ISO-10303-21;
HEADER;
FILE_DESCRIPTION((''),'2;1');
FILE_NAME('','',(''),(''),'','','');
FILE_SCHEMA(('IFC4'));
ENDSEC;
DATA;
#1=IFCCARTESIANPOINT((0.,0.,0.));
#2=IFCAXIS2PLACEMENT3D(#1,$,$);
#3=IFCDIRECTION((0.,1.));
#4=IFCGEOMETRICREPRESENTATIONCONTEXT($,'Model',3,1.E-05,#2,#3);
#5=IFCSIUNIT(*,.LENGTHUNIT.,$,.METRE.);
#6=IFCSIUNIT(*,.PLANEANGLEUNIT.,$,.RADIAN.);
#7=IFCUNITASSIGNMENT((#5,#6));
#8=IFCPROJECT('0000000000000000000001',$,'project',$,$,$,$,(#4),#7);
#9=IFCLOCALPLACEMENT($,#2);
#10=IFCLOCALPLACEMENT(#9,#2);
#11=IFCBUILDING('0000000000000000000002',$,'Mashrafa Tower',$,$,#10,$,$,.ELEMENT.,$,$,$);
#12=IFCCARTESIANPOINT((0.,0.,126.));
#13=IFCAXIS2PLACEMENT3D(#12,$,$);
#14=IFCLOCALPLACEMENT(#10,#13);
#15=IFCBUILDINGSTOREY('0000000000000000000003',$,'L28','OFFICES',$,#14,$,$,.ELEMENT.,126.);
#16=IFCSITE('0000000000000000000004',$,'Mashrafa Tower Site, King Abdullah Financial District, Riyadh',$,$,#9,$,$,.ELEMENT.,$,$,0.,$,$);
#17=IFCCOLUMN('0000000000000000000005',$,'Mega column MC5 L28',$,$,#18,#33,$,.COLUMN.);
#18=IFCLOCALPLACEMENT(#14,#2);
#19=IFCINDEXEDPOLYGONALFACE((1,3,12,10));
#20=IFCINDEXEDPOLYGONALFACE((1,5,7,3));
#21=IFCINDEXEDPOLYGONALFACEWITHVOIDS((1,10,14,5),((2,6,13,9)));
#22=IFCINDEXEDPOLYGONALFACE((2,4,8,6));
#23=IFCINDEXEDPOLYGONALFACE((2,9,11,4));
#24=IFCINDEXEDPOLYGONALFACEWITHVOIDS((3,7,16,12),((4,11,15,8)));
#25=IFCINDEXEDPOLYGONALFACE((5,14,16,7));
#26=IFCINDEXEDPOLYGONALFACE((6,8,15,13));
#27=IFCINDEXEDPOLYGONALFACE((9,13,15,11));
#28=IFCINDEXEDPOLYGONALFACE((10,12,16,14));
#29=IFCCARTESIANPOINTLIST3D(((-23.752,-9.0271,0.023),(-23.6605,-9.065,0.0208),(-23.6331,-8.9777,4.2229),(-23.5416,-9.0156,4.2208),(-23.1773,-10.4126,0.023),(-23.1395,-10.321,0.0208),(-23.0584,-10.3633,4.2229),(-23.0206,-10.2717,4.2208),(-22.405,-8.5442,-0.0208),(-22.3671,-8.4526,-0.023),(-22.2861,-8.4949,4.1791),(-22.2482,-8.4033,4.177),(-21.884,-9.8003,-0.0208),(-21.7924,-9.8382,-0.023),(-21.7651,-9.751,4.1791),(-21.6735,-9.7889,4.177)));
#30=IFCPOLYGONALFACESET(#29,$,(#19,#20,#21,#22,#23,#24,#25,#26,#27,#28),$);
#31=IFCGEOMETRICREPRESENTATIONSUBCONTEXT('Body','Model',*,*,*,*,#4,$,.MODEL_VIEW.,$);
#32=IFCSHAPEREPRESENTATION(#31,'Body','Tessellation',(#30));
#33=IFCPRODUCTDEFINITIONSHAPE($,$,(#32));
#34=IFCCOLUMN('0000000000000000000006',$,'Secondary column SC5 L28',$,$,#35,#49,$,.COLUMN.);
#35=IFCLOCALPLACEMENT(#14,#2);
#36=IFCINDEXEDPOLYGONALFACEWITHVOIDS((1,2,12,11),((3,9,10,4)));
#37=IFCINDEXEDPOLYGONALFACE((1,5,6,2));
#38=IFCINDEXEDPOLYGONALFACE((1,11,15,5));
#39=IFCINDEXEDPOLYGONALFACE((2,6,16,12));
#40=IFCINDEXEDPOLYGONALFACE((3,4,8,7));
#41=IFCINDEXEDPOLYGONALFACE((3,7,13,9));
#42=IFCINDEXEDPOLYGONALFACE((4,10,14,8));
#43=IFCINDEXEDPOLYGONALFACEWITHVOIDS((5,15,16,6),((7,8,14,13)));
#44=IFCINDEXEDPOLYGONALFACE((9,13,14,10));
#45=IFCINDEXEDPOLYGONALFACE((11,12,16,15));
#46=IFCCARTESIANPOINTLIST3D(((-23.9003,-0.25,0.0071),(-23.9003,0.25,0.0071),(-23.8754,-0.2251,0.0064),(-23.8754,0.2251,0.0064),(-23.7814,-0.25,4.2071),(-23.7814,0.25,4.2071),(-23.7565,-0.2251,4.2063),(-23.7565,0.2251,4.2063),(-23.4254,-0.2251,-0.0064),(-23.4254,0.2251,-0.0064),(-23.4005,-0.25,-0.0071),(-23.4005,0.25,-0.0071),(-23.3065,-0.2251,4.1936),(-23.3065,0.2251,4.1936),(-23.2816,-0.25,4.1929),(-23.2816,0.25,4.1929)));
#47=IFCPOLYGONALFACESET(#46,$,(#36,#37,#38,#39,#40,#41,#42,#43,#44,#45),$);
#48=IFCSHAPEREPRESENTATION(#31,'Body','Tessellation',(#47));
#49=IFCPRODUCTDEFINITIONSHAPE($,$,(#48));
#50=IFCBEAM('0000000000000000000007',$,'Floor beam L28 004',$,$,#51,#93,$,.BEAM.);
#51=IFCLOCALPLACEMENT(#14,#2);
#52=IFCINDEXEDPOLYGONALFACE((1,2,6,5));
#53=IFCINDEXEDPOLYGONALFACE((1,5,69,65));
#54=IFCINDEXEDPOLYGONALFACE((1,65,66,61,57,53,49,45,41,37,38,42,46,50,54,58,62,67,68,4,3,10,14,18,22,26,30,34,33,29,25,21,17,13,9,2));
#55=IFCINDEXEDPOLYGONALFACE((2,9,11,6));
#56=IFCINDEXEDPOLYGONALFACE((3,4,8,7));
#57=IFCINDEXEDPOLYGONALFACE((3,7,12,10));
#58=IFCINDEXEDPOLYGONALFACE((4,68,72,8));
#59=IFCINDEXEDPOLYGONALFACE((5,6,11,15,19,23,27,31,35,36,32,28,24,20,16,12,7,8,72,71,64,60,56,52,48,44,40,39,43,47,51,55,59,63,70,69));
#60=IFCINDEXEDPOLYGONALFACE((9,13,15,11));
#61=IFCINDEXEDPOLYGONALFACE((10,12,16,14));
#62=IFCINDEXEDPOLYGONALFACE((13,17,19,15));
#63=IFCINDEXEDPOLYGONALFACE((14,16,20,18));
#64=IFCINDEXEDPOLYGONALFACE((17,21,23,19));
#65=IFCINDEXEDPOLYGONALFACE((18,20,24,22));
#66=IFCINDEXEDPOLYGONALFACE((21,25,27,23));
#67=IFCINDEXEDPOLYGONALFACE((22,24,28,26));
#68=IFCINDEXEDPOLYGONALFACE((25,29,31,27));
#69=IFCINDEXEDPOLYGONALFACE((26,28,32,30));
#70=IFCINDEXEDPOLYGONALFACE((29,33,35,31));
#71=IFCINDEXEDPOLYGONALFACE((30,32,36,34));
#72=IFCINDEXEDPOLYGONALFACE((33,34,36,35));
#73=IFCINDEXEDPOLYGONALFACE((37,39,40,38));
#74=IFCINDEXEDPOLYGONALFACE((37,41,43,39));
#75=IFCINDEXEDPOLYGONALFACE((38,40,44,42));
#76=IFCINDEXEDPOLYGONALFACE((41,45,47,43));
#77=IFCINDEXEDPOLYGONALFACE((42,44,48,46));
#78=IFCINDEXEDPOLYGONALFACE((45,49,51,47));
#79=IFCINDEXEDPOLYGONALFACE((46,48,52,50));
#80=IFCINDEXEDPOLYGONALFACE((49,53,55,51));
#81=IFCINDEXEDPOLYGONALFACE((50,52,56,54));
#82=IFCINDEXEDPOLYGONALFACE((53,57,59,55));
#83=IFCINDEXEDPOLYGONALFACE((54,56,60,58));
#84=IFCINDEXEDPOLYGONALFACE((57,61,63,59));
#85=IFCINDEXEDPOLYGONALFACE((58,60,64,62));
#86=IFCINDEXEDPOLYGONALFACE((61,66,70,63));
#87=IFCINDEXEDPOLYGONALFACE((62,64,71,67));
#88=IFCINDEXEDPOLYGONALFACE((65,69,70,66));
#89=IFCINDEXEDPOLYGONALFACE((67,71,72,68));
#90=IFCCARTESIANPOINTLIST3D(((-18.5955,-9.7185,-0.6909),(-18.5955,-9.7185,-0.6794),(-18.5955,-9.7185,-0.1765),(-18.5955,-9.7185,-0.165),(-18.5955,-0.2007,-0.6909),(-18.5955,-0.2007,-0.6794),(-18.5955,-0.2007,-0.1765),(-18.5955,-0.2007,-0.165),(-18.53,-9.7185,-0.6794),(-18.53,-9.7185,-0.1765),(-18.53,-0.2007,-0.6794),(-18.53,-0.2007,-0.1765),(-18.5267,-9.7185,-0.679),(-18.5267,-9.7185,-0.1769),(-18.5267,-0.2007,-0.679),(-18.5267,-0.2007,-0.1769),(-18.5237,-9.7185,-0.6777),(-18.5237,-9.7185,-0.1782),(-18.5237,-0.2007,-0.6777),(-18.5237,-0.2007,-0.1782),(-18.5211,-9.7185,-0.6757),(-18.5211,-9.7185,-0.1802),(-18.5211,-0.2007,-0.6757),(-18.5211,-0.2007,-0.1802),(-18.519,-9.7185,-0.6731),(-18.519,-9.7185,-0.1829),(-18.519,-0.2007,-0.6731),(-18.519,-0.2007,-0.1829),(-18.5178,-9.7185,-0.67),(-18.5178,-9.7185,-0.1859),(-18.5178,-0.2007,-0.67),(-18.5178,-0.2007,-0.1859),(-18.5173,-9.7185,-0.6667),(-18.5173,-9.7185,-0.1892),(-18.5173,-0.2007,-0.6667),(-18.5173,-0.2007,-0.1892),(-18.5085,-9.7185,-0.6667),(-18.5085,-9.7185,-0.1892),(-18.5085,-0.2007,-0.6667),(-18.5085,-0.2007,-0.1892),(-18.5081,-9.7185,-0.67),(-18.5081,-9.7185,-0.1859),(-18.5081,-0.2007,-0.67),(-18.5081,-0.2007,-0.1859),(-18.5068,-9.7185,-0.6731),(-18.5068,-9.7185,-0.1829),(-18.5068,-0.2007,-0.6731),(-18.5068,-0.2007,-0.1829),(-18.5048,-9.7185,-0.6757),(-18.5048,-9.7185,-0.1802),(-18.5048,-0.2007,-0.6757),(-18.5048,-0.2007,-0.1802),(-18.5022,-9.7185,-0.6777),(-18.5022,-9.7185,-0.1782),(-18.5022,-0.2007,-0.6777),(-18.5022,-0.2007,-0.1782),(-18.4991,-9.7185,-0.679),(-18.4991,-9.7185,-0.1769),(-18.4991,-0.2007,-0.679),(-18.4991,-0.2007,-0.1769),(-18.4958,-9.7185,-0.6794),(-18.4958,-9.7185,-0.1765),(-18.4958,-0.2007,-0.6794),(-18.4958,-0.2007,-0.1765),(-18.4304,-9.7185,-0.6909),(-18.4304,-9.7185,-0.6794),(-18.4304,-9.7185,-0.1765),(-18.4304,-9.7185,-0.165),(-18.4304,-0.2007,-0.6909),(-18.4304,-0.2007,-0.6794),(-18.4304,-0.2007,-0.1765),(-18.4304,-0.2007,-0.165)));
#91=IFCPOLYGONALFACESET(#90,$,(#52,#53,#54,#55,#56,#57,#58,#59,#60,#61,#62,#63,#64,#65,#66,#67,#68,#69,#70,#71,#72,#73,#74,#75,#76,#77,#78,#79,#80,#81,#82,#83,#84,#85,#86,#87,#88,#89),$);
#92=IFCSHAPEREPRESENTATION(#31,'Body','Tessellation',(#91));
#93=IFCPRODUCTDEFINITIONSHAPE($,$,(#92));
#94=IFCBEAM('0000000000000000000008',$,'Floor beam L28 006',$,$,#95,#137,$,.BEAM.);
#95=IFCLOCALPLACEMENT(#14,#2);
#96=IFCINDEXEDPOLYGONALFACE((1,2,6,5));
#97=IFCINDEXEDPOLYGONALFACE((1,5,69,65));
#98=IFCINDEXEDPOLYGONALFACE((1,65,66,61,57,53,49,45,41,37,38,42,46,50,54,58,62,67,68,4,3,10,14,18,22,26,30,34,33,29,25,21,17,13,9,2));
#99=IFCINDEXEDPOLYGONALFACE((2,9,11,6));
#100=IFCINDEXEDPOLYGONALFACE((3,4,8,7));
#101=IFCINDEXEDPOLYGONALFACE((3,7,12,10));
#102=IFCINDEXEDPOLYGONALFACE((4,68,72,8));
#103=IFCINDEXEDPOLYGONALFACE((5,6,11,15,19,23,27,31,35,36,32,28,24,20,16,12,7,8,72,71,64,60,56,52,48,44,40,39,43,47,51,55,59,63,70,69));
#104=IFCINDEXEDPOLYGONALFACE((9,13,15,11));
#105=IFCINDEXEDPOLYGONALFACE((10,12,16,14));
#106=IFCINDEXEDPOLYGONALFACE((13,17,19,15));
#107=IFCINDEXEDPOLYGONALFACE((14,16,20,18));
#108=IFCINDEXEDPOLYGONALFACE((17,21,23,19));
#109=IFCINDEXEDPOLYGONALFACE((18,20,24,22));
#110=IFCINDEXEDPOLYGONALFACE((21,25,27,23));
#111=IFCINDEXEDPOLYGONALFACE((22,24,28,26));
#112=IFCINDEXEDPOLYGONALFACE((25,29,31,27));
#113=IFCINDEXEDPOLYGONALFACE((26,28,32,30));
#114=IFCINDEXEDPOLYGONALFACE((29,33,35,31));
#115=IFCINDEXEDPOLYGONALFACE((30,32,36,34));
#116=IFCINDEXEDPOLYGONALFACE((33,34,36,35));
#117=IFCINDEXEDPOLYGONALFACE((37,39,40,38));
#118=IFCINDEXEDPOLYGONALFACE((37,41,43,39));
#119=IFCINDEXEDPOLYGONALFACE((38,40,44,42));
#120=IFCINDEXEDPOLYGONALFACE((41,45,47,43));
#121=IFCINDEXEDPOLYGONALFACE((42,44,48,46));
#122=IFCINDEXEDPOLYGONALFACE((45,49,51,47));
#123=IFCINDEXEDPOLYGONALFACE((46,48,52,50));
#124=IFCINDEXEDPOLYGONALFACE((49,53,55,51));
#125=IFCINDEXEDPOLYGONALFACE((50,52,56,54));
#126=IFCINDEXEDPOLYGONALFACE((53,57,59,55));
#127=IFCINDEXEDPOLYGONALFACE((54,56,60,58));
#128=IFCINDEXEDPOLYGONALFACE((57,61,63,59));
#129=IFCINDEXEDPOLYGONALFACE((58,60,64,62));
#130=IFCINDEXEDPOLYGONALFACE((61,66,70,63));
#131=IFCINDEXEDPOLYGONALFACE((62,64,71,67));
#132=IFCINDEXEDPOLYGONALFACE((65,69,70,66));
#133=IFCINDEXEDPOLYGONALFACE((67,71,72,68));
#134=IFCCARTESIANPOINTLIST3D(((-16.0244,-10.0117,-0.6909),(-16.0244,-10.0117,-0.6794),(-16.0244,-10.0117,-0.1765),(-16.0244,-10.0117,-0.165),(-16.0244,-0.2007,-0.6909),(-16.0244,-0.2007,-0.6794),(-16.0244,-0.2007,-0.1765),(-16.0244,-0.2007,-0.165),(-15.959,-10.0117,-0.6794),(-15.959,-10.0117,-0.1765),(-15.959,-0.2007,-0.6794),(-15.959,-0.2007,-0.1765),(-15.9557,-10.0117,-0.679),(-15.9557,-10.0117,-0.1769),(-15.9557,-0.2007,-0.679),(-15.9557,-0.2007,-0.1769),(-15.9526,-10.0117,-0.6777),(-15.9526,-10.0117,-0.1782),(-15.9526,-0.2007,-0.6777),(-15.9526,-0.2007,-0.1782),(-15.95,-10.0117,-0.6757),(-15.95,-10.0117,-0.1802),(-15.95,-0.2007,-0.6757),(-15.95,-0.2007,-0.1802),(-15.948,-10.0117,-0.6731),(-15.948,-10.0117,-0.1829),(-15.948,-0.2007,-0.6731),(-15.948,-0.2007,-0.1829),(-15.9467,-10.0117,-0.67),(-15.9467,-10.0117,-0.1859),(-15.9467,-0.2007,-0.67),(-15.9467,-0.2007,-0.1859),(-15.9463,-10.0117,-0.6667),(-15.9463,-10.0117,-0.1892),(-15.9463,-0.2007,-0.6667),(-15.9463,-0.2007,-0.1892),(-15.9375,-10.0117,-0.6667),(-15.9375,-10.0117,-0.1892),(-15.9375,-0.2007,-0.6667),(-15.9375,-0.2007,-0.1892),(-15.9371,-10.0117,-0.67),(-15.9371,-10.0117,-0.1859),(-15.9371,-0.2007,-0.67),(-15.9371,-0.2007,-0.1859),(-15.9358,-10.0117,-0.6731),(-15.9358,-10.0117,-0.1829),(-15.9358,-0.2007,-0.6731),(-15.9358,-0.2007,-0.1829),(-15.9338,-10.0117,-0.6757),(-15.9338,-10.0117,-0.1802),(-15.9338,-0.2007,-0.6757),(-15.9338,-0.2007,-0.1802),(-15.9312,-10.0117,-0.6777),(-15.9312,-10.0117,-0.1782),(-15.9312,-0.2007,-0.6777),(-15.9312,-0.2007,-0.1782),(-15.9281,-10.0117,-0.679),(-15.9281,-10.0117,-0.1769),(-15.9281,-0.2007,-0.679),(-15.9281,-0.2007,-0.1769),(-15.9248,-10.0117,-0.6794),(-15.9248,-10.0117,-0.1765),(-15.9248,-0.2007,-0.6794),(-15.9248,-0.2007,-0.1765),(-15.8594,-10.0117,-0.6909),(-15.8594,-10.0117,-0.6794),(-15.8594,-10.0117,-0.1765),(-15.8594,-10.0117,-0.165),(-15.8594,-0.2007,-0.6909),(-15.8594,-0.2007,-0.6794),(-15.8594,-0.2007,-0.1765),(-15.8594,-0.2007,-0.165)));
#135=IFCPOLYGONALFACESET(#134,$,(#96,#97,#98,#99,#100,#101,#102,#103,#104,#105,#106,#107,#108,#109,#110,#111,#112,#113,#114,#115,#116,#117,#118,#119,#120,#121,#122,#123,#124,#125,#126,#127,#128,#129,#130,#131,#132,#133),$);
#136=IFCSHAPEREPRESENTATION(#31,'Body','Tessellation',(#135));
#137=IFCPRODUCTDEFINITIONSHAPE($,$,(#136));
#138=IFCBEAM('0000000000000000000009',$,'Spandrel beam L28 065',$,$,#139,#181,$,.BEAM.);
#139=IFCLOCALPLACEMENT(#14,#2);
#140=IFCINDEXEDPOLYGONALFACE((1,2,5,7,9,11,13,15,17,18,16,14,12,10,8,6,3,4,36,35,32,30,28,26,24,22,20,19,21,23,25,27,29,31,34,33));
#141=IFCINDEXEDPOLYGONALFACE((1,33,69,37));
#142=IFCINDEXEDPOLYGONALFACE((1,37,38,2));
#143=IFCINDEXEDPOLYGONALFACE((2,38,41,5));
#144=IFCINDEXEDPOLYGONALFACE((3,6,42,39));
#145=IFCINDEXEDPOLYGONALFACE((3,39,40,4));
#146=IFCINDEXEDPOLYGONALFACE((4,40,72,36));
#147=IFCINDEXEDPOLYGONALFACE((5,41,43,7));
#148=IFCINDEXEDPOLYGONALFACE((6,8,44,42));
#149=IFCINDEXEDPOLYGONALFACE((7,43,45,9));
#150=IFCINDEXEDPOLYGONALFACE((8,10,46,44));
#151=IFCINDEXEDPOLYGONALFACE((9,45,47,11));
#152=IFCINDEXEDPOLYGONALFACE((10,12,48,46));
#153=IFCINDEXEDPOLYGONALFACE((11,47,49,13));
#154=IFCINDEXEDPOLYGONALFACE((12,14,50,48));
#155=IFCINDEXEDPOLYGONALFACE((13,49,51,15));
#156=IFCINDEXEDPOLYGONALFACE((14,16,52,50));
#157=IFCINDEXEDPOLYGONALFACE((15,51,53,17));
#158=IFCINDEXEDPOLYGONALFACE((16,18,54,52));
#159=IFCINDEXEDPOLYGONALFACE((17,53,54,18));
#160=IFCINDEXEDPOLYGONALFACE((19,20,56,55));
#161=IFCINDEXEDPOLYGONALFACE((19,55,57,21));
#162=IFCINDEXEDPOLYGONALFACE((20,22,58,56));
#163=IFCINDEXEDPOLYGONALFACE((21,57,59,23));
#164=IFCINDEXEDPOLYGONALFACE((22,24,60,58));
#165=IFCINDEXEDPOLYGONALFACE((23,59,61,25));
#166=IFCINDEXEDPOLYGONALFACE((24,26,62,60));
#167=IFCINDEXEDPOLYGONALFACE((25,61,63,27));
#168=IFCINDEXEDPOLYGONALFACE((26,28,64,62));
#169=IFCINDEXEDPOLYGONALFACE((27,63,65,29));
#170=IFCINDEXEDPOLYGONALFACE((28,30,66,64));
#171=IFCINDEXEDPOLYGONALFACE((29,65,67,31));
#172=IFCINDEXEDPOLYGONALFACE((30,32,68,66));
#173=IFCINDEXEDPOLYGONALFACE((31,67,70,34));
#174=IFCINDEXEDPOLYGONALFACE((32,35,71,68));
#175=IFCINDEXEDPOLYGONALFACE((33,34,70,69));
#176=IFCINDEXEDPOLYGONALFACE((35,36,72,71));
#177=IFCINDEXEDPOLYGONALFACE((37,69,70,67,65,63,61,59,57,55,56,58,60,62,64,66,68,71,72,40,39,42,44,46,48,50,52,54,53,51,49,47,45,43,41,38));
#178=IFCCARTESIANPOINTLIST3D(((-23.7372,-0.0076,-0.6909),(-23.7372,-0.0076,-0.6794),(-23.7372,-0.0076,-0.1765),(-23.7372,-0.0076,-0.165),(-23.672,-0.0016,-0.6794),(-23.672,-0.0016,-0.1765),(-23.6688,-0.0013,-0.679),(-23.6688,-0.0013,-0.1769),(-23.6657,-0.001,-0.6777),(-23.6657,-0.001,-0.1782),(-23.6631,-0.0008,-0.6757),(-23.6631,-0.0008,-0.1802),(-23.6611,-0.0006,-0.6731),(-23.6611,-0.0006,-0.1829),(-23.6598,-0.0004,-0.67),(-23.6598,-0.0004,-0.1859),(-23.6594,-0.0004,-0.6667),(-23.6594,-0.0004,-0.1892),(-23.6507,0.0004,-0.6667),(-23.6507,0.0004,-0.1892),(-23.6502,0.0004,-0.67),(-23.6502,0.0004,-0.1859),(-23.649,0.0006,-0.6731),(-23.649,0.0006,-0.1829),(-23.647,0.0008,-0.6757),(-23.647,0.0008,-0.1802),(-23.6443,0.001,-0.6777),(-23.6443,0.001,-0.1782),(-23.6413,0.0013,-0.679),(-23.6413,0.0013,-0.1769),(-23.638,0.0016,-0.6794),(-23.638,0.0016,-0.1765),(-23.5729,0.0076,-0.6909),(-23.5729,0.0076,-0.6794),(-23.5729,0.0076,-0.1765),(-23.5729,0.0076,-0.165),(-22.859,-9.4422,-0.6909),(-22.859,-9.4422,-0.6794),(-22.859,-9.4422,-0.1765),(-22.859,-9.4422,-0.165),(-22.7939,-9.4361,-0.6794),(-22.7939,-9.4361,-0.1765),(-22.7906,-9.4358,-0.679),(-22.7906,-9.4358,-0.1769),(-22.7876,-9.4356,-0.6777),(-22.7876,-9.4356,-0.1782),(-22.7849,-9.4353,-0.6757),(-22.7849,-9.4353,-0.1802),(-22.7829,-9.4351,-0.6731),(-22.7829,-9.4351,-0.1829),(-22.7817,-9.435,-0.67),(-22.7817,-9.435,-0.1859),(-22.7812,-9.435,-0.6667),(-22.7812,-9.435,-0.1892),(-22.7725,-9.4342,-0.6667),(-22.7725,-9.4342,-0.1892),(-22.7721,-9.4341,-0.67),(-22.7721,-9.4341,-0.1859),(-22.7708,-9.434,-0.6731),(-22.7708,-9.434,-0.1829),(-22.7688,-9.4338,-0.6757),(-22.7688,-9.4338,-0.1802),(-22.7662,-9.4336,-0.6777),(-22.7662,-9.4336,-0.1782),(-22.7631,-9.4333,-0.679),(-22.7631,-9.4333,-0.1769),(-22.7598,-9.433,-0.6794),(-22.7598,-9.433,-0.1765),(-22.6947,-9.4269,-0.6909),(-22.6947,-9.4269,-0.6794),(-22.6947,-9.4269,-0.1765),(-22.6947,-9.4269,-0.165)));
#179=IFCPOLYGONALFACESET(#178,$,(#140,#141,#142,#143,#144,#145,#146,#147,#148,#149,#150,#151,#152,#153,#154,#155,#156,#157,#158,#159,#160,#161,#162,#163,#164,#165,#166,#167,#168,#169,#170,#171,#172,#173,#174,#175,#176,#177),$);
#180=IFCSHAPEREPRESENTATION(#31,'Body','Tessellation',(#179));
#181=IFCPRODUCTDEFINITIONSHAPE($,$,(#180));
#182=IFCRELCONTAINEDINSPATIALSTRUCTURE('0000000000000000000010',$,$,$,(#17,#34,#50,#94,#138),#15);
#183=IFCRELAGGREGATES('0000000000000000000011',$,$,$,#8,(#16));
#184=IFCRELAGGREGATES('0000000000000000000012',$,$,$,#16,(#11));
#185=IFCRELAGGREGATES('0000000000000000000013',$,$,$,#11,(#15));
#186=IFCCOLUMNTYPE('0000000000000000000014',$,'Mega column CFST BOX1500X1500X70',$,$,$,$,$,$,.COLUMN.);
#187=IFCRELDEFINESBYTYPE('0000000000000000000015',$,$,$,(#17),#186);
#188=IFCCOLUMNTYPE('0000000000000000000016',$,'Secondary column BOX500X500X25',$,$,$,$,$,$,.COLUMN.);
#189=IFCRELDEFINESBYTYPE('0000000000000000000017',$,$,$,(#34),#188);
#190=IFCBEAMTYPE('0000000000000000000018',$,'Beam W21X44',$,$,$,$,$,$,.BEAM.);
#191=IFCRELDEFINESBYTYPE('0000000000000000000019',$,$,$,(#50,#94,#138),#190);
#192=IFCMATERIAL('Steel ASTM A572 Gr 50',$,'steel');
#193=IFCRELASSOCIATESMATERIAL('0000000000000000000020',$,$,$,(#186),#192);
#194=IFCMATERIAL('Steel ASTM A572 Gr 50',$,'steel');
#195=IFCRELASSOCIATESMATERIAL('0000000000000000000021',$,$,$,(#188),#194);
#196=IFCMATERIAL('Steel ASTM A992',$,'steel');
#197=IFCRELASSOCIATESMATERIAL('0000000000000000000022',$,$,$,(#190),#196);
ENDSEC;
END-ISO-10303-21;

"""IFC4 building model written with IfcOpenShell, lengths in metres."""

from ifc_helpers import new_model, si_unit, direction, frame, origin, origin_2d, place, context, subcontext, project, spatial, hollow_rectangle, i_section, extrude, material, material_profile, profile_set, type_object, element, save


model = new_model("IFC4")

# Units and contexts
model_context = context("Model", 3, precision=1e-05, world=origin(), true_north=direction((0.0, 1.0)))
body_context = subcontext(model_context, "Body", "Model", "MODEL_VIEW")
ifc_project = project(units=[si_unit("LENGTHUNIT", "METRE"), si_unit("PLANEANGLEUNIT", "RADIAN")], contexts=[model_context])

# Site, building, storey
site_placement = place(None, origin())
site = spatial("IfcSite", under=ifc_project, at=site_placement, Name="Mashrafa Tower Site, King Abdullah Financial District, Riyadh", CompositionType="ELEMENT", RefElevation=0.0)
building_placement = place(site_placement, origin())
building = spatial("IfcBuilding", under=site, at=building_placement, Name="Mashrafa Tower", CompositionType="ELEMENT")
storey_placement = place(building_placement, frame((0.0, 0.0, 126.0)))
storey = spatial("IfcBuildingStorey", under=building, at=storey_placement, Name="L28", Description="OFFICES", CompositionType="ELEMENT", Elevation=126.0)

# Columns
ifc_material_1 = material(Name="Steel ASTM A572 Gr 50", Category="steel")
ifc_material_profile_1 = material_profile(ifc_material_1, hollow_rectangle(XDim=1.5, YDim=1.5, WallThickness=0.0701, at=origin_2d()), Name="BOX1500X1500X70")
ifc_profile_set_1 = profile_set([ifc_material_profile_1], Name="Steel ASTM A572 Gr 50")
column_type_1 = type_object("IfcColumnType", Name="Mega column CFST BOX1500X1500X70", PredefinedType="COLUMN", material=ifc_profile_set_1)
column_1_placement = place(storey_placement, frame((-22.7722, -9.4326, 0.0), z_axis=(0.028296, 0.011737, 0.999531), x_axis=(-0.383133, 0.923693, 0.0)))
element("IfcColumn", 1, at=column_1_placement, inside=storey, type_object=column_type_1, Name="Mega column MC5 L28", PredefinedType="COLUMN", context=body_context, shape_type="SweptSolid", body=[
    extrude(hollow_rectangle(XDim=1.5, YDim=1.5, WallThickness=0.0701, at=origin_2d()), origin(), (0.0, 0.0, 1.0), 4.2019),
])
ifc_material_2 = material(Name="Steel ASTM A572 Gr 50", Category="steel")
ifc_material_profile_2 = material_profile(ifc_material_2, hollow_rectangle(XDim=0.5, YDim=0.5, WallThickness=0.0249, at=origin_2d()), Name="BOX500X500X25")
ifc_profile_set_2 = profile_set([ifc_material_profile_2], Name="Steel ASTM A572 Gr 50")
column_type_2 = type_object("IfcColumnType", Name="Secondary column BOX500X500X25", PredefinedType="COLUMN", material=ifc_profile_set_2)
column_2_placement = place(storey_placement, frame((-23.6504, 0.0, 0.0), z_axis=(0.028298, 0.0, 0.9996), x_axis=(0.0, 1.0, 0.0)))
element("IfcColumn", 2, at=column_2_placement, inside=storey, type_object=column_type_2, Name="Secondary column SC5 L28", PredefinedType="COLUMN", context=body_context, shape_type="SweptSolid", body=[
    extrude(hollow_rectangle(XDim=0.5, YDim=0.5, WallThickness=0.0249, at=origin_2d()), origin(), (0.0, 0.0, 1.0), 4.2017),
])

# Beams
ifc_material_3 = material(Name="Steel ASTM A992", Category="steel")
ifc_material_profile_3 = material_profile(ifc_material_3, i_section(OverallWidth=0.165, OverallDepth=0.5259, WebThickness=0.0088, FlangeThickness=0.0115, FilletRadius=0.0127, at=origin_2d()), Name="W21X44")
ifc_profile_set_3 = profile_set([ifc_material_profile_3], Name="Steel ASTM A992")
beam_type_1 = type_object("IfcBeamType", Name="Beam W21X44", PredefinedType="BEAM", material=ifc_profile_set_3)
beam_1_placement = place(storey_placement, frame((-18.5129, -9.7185, -0.428), z_axis=(0.0, 1.0, 0.0), x_axis=(-1.0, 0.0, 0.0)))
element("IfcBeam", 3, at=beam_1_placement, inside=storey, type_object=beam_type_1, Name="Floor beam L28 004", PredefinedType="BEAM", context=body_context, shape_type="SweptSolid", body=[
    extrude(i_section(OverallWidth=0.165, OverallDepth=0.5259, WebThickness=0.0088, FlangeThickness=0.0115, FilletRadius=0.0127, at=origin_2d()), origin(), (0.0, 0.0, 1.0), 9.5178),
])
beam_2_placement = place(storey_placement, frame((-15.9419, -10.0117, -0.428), z_axis=(0.0, 1.0, 0.0), x_axis=(-1.0, 0.0, 0.0)))
element("IfcBeam", 4, at=beam_2_placement, inside=storey, type_object=beam_type_1, Name="Floor beam L28 006", PredefinedType="BEAM", context=body_context, shape_type="SweptSolid", body=[
    extrude(i_section(OverallWidth=0.165, OverallDepth=0.5259, WebThickness=0.0088, FlangeThickness=0.0115, FilletRadius=0.0127, at=origin_2d()), origin(), (0.0, 0.0, 1.0), 9.811),
])
beam_3_placement = place(storey_placement, frame((-23.655, 0.0, -0.428), z_axis=(0.09268, -0.995696, 0.0), x_axis=(0.995696, 0.09268, 0.0)))
element("IfcBeam", 5, at=beam_3_placement, inside=storey, type_object=beam_type_1, Name="Spandrel beam L28 065", PredefinedType="BEAM", context=body_context, shape_type="SweptSolid", body=[
    extrude(i_section(OverallWidth=0.165, OverallDepth=0.5259, WebThickness=0.0088, FlangeThickness=0.0115, FilletRadius=0.0127, at=origin_2d()), origin(), (0.0, 0.0, 1.0), 9.4753),
])

save(model, "model.ifc")
